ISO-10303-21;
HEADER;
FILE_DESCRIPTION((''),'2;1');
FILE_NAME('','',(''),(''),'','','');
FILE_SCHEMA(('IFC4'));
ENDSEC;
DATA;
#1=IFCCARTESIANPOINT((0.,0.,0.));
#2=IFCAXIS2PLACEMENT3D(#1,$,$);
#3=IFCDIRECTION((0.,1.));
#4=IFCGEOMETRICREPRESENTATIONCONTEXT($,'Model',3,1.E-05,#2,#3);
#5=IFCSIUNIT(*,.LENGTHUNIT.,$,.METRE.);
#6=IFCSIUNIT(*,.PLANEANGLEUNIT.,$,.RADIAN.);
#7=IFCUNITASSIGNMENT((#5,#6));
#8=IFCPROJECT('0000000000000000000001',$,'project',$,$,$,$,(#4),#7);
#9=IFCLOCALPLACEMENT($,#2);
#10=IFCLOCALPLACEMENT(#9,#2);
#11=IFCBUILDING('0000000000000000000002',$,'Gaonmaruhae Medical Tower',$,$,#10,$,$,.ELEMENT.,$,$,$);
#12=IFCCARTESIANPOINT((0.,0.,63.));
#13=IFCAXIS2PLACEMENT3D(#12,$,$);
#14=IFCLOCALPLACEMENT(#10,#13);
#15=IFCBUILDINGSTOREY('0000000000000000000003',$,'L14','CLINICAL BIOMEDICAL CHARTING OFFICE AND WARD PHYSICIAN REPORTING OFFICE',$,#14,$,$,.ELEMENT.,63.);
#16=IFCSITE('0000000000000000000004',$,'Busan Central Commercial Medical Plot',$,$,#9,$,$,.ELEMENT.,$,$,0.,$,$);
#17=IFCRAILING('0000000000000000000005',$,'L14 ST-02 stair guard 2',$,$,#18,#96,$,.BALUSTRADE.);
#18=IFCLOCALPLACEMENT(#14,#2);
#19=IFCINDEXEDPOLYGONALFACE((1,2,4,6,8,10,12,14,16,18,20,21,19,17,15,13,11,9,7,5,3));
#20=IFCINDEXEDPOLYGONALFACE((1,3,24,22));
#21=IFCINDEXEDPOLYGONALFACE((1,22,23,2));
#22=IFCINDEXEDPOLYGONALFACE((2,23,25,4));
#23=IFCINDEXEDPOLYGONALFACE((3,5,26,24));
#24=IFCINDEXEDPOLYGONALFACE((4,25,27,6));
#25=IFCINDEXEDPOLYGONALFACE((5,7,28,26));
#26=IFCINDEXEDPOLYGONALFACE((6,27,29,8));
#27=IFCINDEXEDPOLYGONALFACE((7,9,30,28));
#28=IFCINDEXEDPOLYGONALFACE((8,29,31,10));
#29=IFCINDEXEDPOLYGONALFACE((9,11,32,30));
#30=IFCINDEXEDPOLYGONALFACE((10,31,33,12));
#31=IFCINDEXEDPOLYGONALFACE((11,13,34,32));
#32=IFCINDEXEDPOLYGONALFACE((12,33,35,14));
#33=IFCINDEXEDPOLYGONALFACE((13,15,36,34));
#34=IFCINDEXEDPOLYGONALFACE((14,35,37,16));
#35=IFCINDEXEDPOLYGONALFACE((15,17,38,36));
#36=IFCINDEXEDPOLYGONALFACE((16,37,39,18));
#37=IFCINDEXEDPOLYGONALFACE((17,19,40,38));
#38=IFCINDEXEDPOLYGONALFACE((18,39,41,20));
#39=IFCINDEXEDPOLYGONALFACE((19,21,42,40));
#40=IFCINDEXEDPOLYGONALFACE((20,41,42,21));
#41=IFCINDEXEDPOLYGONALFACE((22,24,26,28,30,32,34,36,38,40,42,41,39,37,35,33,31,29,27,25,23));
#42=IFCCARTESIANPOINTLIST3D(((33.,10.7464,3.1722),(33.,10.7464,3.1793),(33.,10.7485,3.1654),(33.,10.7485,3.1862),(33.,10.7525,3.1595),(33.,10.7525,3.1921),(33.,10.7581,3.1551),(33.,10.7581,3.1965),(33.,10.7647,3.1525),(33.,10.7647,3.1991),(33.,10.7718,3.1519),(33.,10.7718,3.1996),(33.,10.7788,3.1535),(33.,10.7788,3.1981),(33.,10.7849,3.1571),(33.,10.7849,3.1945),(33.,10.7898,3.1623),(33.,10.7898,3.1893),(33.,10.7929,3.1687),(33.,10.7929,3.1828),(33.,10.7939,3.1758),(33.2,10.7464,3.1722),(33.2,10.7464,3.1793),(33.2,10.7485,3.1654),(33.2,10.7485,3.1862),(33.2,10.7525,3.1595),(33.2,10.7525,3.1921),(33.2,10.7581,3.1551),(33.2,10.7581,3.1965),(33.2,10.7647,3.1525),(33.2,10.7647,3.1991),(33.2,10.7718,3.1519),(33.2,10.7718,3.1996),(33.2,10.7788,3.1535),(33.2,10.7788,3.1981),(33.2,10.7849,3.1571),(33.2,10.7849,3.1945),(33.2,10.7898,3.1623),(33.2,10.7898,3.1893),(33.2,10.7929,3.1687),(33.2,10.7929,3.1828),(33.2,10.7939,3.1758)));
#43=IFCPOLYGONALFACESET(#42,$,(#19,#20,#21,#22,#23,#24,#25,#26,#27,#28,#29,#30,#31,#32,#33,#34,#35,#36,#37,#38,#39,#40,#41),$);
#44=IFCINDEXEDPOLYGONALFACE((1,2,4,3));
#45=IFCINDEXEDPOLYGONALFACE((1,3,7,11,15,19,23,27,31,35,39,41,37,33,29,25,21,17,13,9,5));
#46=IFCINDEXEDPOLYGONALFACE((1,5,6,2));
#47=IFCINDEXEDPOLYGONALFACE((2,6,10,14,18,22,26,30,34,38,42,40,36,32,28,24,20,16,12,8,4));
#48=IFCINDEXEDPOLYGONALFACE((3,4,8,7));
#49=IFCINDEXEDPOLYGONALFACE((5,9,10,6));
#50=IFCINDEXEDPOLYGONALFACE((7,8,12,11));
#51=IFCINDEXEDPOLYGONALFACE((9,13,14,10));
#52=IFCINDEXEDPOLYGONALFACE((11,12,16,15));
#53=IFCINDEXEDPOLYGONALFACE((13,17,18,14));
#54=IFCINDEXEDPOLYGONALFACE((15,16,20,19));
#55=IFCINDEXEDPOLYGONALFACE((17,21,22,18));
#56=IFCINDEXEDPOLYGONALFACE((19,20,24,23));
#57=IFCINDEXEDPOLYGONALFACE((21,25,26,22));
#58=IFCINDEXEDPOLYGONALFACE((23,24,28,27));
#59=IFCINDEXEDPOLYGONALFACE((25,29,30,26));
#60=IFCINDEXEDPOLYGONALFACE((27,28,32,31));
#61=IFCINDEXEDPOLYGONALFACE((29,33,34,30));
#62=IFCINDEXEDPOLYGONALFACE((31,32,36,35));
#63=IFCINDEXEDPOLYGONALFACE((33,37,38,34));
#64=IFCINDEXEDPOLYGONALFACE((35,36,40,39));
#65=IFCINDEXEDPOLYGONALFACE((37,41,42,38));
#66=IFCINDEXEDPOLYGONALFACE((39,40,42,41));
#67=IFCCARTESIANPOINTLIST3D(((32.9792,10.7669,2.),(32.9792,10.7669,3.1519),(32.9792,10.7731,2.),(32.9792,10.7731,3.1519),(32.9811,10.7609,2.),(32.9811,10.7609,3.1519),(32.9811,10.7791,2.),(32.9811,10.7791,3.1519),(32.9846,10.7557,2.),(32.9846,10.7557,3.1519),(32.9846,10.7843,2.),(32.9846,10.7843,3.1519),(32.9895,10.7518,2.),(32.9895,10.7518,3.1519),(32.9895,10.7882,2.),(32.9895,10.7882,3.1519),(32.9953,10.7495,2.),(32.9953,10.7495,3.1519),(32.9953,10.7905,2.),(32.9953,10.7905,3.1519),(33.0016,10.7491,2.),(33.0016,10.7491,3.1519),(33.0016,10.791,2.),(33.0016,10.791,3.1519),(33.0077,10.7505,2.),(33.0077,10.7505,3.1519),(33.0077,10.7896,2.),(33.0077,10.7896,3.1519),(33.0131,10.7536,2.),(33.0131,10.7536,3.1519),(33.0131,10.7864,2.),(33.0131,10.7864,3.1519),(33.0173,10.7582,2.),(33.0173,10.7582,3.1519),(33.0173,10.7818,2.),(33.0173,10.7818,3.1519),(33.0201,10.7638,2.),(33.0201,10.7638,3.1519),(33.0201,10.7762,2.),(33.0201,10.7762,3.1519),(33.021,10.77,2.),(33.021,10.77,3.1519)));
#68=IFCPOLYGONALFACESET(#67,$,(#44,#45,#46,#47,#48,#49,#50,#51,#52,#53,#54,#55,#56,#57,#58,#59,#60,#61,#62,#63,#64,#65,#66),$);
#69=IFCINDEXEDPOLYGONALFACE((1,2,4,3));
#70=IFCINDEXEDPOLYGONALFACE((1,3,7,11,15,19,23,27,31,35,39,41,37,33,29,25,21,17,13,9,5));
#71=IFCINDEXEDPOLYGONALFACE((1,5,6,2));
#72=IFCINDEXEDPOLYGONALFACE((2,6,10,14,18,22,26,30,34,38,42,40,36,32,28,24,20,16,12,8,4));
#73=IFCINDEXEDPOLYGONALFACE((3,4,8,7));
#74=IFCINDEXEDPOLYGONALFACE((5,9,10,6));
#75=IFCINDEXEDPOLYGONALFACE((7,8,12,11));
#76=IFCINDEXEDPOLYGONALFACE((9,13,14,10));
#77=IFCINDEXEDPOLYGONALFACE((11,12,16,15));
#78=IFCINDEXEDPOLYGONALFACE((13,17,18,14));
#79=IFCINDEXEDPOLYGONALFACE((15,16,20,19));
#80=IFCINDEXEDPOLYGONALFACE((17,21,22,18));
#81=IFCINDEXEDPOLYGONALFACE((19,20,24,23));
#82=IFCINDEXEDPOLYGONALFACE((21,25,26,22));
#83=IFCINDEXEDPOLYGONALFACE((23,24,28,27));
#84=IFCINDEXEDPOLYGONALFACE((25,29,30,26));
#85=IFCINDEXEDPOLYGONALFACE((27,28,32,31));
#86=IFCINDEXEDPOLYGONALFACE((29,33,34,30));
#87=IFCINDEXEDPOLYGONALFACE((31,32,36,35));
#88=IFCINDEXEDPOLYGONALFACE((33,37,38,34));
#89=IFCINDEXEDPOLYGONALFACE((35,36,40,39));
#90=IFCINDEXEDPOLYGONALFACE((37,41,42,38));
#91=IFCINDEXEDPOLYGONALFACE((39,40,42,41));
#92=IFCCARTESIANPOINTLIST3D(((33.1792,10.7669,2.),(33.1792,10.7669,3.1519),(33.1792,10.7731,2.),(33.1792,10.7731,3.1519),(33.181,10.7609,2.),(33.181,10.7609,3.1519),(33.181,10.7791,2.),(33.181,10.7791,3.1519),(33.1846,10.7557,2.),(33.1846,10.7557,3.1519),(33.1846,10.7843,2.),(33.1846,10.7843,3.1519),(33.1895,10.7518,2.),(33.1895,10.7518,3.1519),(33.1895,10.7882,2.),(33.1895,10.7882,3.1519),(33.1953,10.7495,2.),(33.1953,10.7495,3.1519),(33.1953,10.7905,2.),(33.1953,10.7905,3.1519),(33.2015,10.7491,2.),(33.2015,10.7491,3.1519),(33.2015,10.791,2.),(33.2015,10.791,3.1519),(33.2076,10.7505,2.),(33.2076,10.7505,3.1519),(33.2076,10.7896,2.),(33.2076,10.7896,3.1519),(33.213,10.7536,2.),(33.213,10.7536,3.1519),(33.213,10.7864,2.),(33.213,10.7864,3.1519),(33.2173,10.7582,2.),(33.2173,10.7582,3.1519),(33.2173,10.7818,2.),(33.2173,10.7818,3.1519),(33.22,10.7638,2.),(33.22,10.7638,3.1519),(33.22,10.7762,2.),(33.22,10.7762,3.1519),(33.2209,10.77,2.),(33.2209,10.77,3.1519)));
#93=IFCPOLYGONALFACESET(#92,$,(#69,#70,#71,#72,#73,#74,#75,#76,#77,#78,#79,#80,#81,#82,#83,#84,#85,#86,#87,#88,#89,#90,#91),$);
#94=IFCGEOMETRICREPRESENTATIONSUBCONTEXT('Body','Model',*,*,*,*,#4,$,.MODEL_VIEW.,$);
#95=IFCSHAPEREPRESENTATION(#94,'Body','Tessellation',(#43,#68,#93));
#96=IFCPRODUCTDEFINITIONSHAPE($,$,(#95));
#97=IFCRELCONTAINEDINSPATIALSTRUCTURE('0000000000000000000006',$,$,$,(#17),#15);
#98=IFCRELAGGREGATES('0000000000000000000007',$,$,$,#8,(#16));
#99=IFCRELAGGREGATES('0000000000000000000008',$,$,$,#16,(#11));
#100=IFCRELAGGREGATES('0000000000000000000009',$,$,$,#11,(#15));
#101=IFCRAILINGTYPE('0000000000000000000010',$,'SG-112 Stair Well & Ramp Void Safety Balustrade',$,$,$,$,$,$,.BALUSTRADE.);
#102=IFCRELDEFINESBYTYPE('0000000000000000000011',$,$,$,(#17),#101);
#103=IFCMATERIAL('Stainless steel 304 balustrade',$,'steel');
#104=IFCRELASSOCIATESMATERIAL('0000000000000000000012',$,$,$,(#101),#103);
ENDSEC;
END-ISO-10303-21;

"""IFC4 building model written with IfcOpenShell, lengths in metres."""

from ifc_helpers import new_model, si_unit, direction, frame, origin, origin_2d, place, context, subcontext, project, spatial, circle, extrude, material, type_object, element, save


model = new_model("IFC4")

# Units and contexts
model_context = context("Model", 3, precision=1e-05, world=origin(), true_north=direction((0.0, 1.0)))
body_context = subcontext(model_context, "Body", "Model", "MODEL_VIEW")
ifc_project = project(units=[si_unit("LENGTHUNIT", "METRE"), si_unit("PLANEANGLEUNIT", "RADIAN")], contexts=[model_context])

# Site, building, storey
site_placement = place(None, origin())
site = spatial("IfcSite", under=ifc_project, at=site_placement, Name="Busan Central Commercial Medical Plot", CompositionType="ELEMENT", RefElevation=0.0)
building_placement = place(site_placement, origin())
building = spatial("IfcBuilding", under=site, at=building_placement, Name="Gaonmaruhae Medical Tower", CompositionType="ELEMENT")
storey_placement = place(building_placement, frame((0.0, 0.0, 63.0)))
storey = spatial("IfcBuildingStorey", under=building, at=storey_placement, Name="L14", Description="CLINICAL BIOMEDICAL CHARTING OFFICE AND WARD PHYSICIAN REPORTING OFFICE", CompositionType="ELEMENT", Elevation=63.0)

# Railing
ifc_material_1 = material(Name="Stainless steel 304 balustrade", Category="steel")
railing_type_1 = type_object("IfcRailingType", Name="SG-112 Stair Well & Ramp Void Safety Balustrade", PredefinedType="BALUSTRADE", material=ifc_material_1)
railing_1_placement = place(storey_placement, frame((33.0, 10.77, 2.0)))
element("IfcRailing", 1, at=railing_1_placement, inside=storey, type_object=railing_type_1, Name="L14 ST-02 stair guard 2", PredefinedType="BALUSTRADE", context=body_context, shape_type="SweptSolid", body=[
    extrude(circle(Radius=0.0239, at=origin_2d()), frame((0.0, 0.0, 1.1758), z_axis=(1.0, 0.0, 0.0), x_axis=(0.0, 1.0, 0.0)), (0.0, 0.0, 1.0), 0.2),
    extrude(circle(Radius=0.021, at=origin_2d()), origin(), (0.0, 0.0, 1.0), 1.1519),
    extrude(circle(Radius=0.021, at=origin_2d()), frame((0.2, 0.0, 0.0)), (0.0, 0.0, 1.0), 1.1519),
])

save(model, "model.ifc")
